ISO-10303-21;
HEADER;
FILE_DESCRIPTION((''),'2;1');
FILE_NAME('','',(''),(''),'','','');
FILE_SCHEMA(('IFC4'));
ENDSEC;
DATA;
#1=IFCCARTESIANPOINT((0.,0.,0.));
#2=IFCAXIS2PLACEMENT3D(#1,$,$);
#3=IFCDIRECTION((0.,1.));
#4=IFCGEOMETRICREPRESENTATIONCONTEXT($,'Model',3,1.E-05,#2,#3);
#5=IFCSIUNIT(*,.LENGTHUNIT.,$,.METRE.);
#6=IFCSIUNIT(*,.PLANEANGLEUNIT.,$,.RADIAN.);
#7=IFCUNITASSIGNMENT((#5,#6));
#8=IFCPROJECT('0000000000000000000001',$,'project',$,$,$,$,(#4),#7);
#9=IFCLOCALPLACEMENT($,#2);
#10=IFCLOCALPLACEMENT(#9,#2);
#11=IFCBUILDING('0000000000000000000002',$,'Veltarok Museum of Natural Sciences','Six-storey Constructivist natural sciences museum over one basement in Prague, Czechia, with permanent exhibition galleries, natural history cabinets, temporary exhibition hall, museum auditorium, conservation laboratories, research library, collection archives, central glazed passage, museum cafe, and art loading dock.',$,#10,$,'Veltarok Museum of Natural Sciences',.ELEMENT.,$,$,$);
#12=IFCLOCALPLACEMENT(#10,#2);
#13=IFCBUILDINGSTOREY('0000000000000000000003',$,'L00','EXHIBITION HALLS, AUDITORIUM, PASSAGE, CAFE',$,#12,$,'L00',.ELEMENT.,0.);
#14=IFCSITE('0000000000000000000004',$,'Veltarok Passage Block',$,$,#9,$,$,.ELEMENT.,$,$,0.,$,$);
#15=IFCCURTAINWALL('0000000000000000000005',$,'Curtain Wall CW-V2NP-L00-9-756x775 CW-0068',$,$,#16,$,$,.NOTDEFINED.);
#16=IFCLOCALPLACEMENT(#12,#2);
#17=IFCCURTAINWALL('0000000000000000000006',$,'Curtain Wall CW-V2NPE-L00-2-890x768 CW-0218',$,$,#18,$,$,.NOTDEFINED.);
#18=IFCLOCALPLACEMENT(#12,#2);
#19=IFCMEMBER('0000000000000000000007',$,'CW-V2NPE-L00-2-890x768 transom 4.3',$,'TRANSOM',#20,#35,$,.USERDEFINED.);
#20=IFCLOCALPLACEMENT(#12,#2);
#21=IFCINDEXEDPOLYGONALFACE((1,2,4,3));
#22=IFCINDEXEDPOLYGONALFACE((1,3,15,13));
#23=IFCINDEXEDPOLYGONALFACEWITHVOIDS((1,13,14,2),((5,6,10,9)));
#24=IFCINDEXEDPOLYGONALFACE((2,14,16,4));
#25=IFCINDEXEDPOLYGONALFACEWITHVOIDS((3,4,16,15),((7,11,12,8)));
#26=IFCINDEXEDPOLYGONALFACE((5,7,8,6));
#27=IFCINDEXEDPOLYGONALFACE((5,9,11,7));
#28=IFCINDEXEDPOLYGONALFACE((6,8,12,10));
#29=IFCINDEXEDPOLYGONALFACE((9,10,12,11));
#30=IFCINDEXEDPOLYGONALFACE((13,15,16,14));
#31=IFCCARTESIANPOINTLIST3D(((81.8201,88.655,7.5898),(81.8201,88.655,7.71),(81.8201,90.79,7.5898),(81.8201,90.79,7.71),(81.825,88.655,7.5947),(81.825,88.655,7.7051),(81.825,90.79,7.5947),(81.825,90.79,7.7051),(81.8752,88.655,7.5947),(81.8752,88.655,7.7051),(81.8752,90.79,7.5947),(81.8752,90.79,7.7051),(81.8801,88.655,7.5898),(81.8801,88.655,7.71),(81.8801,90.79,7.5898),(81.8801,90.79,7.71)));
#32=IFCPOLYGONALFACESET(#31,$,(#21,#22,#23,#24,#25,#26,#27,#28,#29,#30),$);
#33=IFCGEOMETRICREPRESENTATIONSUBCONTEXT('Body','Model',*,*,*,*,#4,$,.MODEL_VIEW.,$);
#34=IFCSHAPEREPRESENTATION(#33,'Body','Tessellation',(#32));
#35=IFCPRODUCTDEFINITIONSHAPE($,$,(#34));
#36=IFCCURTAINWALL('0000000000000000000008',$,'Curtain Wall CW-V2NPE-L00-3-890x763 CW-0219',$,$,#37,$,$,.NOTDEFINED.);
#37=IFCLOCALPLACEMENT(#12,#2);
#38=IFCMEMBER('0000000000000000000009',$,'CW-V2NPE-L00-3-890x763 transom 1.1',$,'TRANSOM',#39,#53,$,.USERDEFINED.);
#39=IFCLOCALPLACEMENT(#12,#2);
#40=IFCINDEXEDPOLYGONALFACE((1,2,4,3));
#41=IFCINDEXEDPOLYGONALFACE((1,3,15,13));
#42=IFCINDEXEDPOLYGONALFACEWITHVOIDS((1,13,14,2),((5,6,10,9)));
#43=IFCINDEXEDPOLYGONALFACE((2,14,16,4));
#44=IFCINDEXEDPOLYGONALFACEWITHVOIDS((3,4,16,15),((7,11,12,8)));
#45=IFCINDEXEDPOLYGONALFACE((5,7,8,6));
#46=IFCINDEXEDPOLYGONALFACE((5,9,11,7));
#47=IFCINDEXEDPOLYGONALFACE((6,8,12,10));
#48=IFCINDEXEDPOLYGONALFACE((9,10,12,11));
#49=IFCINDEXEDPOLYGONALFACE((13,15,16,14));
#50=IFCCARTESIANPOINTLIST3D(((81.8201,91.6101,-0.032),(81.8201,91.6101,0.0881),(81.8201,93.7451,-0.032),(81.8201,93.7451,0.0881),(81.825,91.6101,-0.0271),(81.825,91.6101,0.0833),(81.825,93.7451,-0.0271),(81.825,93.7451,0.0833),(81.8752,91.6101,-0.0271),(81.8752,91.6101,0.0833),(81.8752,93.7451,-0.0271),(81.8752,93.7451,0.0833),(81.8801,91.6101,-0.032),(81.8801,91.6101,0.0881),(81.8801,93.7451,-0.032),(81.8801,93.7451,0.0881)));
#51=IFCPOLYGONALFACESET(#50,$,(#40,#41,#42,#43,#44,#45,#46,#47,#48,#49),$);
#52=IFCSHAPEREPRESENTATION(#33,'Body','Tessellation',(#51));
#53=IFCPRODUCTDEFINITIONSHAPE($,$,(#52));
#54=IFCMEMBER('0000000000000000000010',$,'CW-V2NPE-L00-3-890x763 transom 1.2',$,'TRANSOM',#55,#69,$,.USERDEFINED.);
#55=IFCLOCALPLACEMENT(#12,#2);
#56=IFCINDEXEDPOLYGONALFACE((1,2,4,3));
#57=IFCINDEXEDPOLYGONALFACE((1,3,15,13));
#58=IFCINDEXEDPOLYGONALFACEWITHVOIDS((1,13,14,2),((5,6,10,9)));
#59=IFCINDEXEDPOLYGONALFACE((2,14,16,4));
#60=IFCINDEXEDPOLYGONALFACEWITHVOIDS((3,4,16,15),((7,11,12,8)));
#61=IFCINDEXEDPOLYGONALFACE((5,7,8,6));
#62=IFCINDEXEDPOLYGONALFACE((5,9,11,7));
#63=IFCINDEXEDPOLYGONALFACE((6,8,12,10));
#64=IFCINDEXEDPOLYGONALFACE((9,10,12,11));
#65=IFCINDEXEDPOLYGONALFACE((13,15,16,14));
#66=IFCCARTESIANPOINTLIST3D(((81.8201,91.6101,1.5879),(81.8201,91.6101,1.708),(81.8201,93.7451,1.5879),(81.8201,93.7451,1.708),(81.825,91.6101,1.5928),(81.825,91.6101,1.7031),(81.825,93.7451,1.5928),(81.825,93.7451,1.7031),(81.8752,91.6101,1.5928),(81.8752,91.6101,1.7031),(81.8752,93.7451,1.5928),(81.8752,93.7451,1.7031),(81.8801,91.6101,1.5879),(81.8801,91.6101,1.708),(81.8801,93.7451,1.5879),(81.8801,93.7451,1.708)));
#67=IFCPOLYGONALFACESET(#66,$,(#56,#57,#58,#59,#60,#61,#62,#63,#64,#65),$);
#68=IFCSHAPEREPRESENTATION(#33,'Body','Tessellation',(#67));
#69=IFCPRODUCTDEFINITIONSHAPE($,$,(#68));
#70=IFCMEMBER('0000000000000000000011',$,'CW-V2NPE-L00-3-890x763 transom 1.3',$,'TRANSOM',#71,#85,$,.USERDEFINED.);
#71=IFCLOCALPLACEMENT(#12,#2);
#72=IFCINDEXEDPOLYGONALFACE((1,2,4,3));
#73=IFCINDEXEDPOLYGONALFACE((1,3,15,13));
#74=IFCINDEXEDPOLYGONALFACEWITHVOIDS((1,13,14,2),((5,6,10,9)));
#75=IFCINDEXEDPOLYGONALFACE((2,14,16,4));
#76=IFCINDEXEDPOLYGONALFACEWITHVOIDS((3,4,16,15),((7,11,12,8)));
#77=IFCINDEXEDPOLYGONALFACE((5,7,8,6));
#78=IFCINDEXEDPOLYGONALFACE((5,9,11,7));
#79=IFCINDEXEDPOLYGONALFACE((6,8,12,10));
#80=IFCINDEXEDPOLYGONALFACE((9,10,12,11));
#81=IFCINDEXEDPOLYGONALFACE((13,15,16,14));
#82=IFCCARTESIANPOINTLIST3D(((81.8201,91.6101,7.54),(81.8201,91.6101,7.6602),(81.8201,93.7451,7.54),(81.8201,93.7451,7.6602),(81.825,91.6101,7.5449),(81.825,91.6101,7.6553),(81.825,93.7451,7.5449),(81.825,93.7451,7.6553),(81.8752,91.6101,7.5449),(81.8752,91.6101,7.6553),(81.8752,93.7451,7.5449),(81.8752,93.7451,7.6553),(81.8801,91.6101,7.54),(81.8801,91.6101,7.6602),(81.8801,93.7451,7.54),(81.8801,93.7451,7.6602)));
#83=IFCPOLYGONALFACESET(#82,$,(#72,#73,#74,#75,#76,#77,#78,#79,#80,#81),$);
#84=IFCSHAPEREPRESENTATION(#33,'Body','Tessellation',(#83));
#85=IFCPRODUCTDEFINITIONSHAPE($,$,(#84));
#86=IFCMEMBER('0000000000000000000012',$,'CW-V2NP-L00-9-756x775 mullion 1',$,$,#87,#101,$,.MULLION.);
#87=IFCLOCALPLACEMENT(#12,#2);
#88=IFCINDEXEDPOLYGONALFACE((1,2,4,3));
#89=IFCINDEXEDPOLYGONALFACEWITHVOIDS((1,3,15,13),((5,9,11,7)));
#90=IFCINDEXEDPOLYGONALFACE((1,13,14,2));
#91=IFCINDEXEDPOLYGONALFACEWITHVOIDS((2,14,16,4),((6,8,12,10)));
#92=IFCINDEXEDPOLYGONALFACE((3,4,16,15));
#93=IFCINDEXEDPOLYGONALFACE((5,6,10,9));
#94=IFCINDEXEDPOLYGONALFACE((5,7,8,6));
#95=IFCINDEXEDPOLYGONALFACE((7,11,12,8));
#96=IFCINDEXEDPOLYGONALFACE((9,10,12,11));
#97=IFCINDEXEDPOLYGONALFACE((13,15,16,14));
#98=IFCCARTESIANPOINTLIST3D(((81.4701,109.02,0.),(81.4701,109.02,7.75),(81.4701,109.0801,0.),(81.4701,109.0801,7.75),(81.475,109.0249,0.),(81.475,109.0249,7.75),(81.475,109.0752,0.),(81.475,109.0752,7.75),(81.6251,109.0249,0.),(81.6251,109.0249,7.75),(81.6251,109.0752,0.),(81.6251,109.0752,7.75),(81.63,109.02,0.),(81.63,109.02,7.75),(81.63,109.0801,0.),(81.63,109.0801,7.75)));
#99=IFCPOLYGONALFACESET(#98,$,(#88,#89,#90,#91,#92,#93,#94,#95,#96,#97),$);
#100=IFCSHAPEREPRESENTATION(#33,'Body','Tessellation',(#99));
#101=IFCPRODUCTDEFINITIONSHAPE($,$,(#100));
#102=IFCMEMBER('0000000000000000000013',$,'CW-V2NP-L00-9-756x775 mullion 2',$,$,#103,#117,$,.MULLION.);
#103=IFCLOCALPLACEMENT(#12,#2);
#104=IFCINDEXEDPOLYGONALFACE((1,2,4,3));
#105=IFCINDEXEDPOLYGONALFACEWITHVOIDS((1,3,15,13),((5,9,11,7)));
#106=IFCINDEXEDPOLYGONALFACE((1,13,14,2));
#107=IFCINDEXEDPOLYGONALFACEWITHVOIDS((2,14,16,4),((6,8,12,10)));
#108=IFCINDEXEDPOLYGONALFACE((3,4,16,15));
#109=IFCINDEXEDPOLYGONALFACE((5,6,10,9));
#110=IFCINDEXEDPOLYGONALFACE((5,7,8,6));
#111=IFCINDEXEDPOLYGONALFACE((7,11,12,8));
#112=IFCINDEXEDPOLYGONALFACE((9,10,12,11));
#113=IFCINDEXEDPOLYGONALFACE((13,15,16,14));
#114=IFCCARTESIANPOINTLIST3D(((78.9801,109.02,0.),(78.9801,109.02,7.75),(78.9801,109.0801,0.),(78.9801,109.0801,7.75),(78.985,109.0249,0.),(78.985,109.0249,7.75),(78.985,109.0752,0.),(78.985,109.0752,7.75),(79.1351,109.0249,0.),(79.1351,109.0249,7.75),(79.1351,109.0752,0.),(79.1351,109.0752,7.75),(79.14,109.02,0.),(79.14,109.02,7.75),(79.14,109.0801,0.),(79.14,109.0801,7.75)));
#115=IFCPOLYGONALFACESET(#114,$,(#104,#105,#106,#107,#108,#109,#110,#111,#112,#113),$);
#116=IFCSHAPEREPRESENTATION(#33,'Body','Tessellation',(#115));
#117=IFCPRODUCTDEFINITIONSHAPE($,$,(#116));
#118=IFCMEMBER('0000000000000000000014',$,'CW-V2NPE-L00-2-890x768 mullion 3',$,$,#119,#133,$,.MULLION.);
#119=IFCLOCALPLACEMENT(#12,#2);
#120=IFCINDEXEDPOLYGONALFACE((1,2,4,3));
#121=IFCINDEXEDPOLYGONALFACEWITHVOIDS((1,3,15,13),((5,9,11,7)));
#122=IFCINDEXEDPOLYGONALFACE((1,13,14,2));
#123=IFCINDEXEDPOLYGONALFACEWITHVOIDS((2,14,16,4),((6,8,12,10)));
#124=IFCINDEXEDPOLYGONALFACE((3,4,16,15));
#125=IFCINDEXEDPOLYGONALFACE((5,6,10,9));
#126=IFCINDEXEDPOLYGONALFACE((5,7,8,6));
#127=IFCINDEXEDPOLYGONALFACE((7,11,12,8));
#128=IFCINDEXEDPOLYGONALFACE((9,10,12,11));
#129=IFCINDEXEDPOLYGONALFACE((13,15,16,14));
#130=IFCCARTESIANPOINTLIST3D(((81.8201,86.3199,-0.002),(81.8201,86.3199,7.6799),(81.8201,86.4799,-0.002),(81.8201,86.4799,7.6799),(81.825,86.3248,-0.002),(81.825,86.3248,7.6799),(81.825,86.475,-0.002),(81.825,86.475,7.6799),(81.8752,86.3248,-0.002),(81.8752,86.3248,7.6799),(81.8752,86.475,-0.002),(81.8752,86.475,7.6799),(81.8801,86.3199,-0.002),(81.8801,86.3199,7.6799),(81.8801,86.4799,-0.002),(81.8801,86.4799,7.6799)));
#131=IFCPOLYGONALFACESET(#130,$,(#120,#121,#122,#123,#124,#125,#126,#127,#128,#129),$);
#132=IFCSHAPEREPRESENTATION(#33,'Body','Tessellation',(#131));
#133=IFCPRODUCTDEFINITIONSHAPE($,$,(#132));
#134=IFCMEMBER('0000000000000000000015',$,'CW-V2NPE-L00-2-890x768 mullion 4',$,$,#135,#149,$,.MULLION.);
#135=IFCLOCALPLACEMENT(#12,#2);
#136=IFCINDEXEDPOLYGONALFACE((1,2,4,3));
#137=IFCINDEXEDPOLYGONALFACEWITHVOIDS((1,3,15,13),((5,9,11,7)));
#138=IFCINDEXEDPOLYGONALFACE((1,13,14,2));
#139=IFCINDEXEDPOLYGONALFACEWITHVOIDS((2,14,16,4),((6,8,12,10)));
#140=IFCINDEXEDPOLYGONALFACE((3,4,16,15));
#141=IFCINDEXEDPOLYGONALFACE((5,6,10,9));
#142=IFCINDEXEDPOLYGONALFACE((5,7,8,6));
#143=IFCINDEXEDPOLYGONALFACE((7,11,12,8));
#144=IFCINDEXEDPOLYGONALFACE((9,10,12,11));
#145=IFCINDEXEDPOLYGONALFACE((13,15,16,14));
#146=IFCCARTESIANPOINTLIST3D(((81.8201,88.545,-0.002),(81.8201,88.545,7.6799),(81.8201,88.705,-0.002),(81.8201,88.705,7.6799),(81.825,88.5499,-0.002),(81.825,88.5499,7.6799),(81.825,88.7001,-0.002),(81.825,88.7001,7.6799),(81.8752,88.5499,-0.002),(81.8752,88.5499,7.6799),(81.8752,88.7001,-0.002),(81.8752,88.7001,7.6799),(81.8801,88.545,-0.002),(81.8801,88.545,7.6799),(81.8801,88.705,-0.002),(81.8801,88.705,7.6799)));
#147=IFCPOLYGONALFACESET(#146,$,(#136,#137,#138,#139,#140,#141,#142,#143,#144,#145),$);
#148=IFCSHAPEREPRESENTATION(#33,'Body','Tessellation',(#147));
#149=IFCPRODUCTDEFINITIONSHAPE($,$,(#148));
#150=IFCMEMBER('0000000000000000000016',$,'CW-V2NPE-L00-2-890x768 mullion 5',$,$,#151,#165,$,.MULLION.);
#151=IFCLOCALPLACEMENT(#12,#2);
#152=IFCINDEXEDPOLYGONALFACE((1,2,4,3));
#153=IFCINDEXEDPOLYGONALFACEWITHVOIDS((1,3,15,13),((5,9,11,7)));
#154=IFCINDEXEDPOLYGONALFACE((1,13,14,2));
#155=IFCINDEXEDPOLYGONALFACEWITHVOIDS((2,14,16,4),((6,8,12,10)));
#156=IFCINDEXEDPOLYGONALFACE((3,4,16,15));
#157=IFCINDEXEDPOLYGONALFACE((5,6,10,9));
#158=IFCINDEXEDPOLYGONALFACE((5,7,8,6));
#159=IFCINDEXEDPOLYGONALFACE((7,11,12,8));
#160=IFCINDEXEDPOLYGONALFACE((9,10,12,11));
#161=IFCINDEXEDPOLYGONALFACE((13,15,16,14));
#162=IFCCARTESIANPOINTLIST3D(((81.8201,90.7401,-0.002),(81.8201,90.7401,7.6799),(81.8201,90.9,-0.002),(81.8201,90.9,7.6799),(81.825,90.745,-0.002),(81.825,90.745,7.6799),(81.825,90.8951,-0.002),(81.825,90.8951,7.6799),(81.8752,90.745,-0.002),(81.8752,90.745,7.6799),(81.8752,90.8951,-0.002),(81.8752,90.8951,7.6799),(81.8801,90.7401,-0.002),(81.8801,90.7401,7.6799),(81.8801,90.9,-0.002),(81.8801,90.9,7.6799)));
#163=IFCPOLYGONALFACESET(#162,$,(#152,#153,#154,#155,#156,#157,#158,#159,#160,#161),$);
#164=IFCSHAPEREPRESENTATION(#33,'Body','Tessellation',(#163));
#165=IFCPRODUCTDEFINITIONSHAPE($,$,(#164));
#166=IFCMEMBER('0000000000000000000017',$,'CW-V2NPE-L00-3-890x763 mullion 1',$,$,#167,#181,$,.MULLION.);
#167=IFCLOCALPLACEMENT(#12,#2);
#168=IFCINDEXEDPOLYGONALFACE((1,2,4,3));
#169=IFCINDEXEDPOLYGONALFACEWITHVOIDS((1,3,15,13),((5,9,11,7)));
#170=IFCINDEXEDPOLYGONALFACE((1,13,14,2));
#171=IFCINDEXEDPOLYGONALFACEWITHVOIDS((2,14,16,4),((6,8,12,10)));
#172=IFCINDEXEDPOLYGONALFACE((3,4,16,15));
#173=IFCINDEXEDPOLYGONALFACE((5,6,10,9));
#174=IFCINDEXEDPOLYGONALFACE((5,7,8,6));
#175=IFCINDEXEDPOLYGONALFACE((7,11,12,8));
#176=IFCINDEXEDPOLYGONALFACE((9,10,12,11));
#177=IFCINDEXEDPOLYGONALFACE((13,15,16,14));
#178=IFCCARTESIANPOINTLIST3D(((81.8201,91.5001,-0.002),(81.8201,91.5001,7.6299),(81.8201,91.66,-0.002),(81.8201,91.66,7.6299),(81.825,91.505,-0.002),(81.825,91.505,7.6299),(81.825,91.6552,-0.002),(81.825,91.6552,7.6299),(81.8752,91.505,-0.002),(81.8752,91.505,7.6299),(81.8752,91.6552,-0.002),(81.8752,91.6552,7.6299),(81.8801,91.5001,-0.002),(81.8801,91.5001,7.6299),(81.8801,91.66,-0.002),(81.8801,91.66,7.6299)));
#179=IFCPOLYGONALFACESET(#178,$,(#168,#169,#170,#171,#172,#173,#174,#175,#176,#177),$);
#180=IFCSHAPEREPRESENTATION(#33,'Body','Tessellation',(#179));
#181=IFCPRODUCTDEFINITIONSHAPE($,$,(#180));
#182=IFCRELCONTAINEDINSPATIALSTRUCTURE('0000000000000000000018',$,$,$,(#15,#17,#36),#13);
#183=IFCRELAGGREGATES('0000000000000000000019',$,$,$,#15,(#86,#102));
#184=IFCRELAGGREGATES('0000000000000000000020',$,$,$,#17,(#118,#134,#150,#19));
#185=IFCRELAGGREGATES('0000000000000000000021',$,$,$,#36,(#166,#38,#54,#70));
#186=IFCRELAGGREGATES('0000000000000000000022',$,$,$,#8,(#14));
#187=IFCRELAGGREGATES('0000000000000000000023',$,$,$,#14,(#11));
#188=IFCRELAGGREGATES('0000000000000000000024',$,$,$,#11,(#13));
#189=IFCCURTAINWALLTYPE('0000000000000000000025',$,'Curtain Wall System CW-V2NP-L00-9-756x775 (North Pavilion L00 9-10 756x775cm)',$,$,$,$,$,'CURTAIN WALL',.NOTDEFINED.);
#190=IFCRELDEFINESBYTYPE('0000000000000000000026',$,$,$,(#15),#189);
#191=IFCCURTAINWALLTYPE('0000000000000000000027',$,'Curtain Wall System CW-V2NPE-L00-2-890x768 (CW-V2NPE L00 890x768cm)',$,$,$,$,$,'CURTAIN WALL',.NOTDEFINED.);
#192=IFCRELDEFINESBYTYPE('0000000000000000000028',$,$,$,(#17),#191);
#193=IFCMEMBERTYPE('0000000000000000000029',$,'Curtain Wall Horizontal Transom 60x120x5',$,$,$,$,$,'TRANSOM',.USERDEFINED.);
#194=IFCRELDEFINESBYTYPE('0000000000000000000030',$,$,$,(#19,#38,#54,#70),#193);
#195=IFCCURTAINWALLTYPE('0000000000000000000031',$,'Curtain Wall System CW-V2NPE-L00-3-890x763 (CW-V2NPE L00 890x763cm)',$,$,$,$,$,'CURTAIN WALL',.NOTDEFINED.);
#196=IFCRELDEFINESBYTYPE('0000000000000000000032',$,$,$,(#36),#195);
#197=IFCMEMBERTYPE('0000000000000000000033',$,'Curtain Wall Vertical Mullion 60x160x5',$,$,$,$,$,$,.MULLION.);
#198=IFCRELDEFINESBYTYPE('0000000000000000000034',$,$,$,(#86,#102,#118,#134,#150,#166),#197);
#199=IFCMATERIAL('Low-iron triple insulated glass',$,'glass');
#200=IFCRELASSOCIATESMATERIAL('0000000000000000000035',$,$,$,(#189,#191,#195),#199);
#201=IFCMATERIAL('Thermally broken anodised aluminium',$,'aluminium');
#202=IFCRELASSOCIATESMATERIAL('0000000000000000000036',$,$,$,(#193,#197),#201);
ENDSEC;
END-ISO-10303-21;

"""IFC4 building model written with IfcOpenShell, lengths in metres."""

from ifc_helpers import new_model, si_unit, direction, frame, origin, origin_2d, place, context, subcontext, project, spatial, hollow_rectangle, extrude, material, material_profile, profile_set, type_object, element, aggregate, save


model = new_model("IFC4")

# Units and contexts
model_context = context("Model", 3, precision=1e-05, world=origin(), true_north=direction((0.0, 1.0)))
body_context = subcontext(model_context, "Body", "Model", "MODEL_VIEW")
ifc_project = project(units=[si_unit("LENGTHUNIT", "METRE"), si_unit("PLANEANGLEUNIT", "RADIAN")], contexts=[model_context])

# Site, building, storey
site_placement = place(None, origin())
site = spatial("IfcSite", under=ifc_project, at=site_placement, Name="Veltarok Passage Block", CompositionType="ELEMENT", RefElevation=0.0)
building_placement = place(site_placement, origin())
building = spatial("IfcBuilding", under=site, at=building_placement, Name="Veltarok Museum of Natural Sciences", Description="Six-storey Constructivist natural sciences museum over one basement in Prague, Czechia, with permanent exhibition galleries, natural history cabinets, temporary exhibition hall, museum auditorium, conservation laboratories, research library, collection archives, central glazed passage, museum cafe, and art loading dock.", LongName="Veltarok Museum of Natural Sciences", CompositionType="ELEMENT")
storey_placement = place(building_placement, origin())
storey = spatial("IfcBuildingStorey", under=building, at=storey_placement, Name="L00", Description="EXHIBITION HALLS, AUDITORIUM, PASSAGE, CAFE", LongName="L00", CompositionType="ELEMENT", Elevation=0.0)

# Curtain walls, members
ifc_material_1 = material(Name="Low-iron triple insulated glass", Category="glass")
curtain_wall_type_1 = type_object("IfcCurtainWallType", Name="Curtain Wall System CW-V2NP-L00-9-756x775 (North Pavilion L00 9-10 756x775cm)", ElementType="CURTAIN WALL", PredefinedType="NOTDEFINED", material=ifc_material_1)
curtain_wall_1_placement = place(storey_placement, origin())
curtain_wall_1 = element("IfcCurtainWall", 1, at=curtain_wall_1_placement, inside=storey, type_object=curtain_wall_type_1, Name="Curtain Wall CW-V2NP-L00-9-756x775 CW-0068", PredefinedType="NOTDEFINED")
ifc_material_2 = material(Name="Thermally broken anodised aluminium", Category="aluminium")
ifc_material_profile_1 = material_profile(ifc_material_2, hollow_rectangle(XDim=0.0601, YDim=0.1201, WallThickness=0.0049, at=origin_2d()), Name="CW TRANSOM 60x120x5")
ifc_profile_set_1 = profile_set([ifc_material_profile_1], Name="Thermally broken anodised aluminium")
member_type_1 = type_object("IfcMemberType", Name="Curtain Wall Horizontal Transom 60x120x5", ElementType="TRANSOM", PredefinedType="USERDEFINED", material=ifc_profile_set_1)
curtain_wall_type_2 = type_object("IfcCurtainWallType", Name="Curtain Wall System CW-V2NPE-L00-2-890x768 (CW-V2NPE L00 890x768cm)", ElementType="CURTAIN WALL", PredefinedType="NOTDEFINED", material=ifc_material_1)
curtain_wall_2_placement = place(storey_placement, origin())
curtain_wall_2 = element("IfcCurtainWall", 2, at=curtain_wall_2_placement, inside=storey, type_object=curtain_wall_type_2, Name="Curtain Wall CW-V2NPE-L00-2-890x768 CW-0218", PredefinedType="NOTDEFINED")
member_1_placement = place(storey_placement, frame((81.8501, 88.655, 7.6499), z_axis=(0.0, 1.0, 0.0), x_axis=(-1.0, 0.0, 0.0)))
member_1 = element("IfcMember", 3, at=member_1_placement, type_object=member_type_1, Name="CW-V2NPE-L00-2-890x768 transom 4.3", ObjectType="TRANSOM", PredefinedType="USERDEFINED", context=body_context, shape_type="SweptSolid", body=[
    extrude(hollow_rectangle(XDim=0.0601, YDim=0.1201, WallThickness=0.0049, at=origin_2d()), origin(), (0.0, 0.0, 1.0), 2.135),
])
curtain_wall_type_3 = type_object("IfcCurtainWallType", Name="Curtain Wall System CW-V2NPE-L00-3-890x763 (CW-V2NPE L00 890x763cm)", ElementType="CURTAIN WALL", PredefinedType="NOTDEFINED", material=ifc_material_1)
curtain_wall_3_placement = place(storey_placement, origin())
curtain_wall_3 = element("IfcCurtainWall", 4, at=curtain_wall_3_placement, inside=storey, type_object=curtain_wall_type_3, Name="Curtain Wall CW-V2NPE-L00-3-890x763 CW-0219", PredefinedType="NOTDEFINED")
member_2_placement = place(storey_placement, frame((81.8501, 91.6101, 0.0281), z_axis=(0.0, 1.0, 0.0), x_axis=(-1.0, 0.0, 0.0)))
member_2 = element("IfcMember", 5, at=member_2_placement, type_object=member_type_1, Name="CW-V2NPE-L00-3-890x763 transom 1.1", ObjectType="TRANSOM", PredefinedType="USERDEFINED", context=body_context, shape_type="SweptSolid", body=[
    extrude(hollow_rectangle(XDim=0.0601, YDim=0.1201, WallThickness=0.0049, at=origin_2d()), origin(), (0.0, 0.0, 1.0), 2.135),
])
member_3_placement = place(storey_placement, frame((81.8501, 91.6101, 1.6479), z_axis=(0.0, 1.0, 0.0), x_axis=(-1.0, 0.0, 0.0)))
member_3 = element("IfcMember", 6, at=member_3_placement, type_object=member_type_1, Name="CW-V2NPE-L00-3-890x763 transom 1.2", ObjectType="TRANSOM", PredefinedType="USERDEFINED", context=body_context, shape_type="SweptSolid", body=[
    extrude(hollow_rectangle(XDim=0.0601, YDim=0.1201, WallThickness=0.0049, at=origin_2d()), origin(), (0.0, 0.0, 1.0), 2.135),
])
member_4_placement = place(storey_placement, frame((81.8501, 91.6101, 7.6001), z_axis=(0.0, 1.0, 0.0), x_axis=(-1.0, 0.0, 0.0)))
member_4 = element("IfcMember", 7, at=member_4_placement, type_object=member_type_1, Name="CW-V2NPE-L00-3-890x763 transom 1.3", ObjectType="TRANSOM", PredefinedType="USERDEFINED", context=body_context, shape_type="SweptSolid", body=[
    extrude(hollow_rectangle(XDim=0.0601, YDim=0.1201, WallThickness=0.0049, at=origin_2d()), origin(), (0.0, 0.0, 1.0), 2.135),
])

# Members
ifc_material_profile_2 = material_profile(ifc_material_2, hollow_rectangle(XDim=0.0601, YDim=0.1599, WallThickness=0.0049, at=origin_2d()), Name="CW MULLION 60x160x5")
ifc_profile_set_2 = profile_set([ifc_material_profile_2], Name="Thermally broken anodised aluminium")
member_type_2 = type_object("IfcMemberType", Name="Curtain Wall Vertical Mullion 60x160x5", PredefinedType="MULLION", material=ifc_profile_set_2)
member_5_placement = place(storey_placement, frame((81.55, 109.05, 0.0), z_axis=(0.0, 0.0, 1.0), x_axis=(0.0, -1.0, 0.0)))
member_5 = element("IfcMember", 8, at=member_5_placement, type_object=member_type_2, Name="CW-V2NP-L00-9-756x775 mullion 1", PredefinedType="MULLION", context=body_context, shape_type="SweptSolid", body=[
    extrude(hollow_rectangle(XDim=0.0601, YDim=0.1599, WallThickness=0.0049, at=origin_2d()), origin(), (0.0, 0.0, 1.0), 7.75),
])
member_6_placement = place(storey_placement, frame((79.0601, 109.05, 0.0), z_axis=(0.0, 0.0, 1.0), x_axis=(0.0, -1.0, 0.0)))
member_6 = element("IfcMember", 9, at=member_6_placement, type_object=member_type_2, Name="CW-V2NP-L00-9-756x775 mullion 2", PredefinedType="MULLION", context=body_context, shape_type="SweptSolid", body=[
    extrude(hollow_rectangle(XDim=0.0601, YDim=0.1599, WallThickness=0.0049, at=origin_2d()), origin(), (0.0, 0.0, 1.0), 7.75),
])
member_7_placement = place(storey_placement, frame((81.8501, 86.3999, -0.002), z_axis=(0.0, 0.0, 1.0), x_axis=(-1.0, 0.0, 0.0)))
member_7 = element("IfcMember", 10, at=member_7_placement, type_object=member_type_2, Name="CW-V2NPE-L00-2-890x768 mullion 3", PredefinedType="MULLION", context=body_context, shape_type="SweptSolid", body=[
    extrude(hollow_rectangle(XDim=0.0601, YDim=0.1599, WallThickness=0.0049, at=origin_2d()), origin(), (0.0, 0.0, 1.0), 7.6819),
])
member_8_placement = place(storey_placement, frame((81.8501, 88.625, -0.002), z_axis=(0.0, 0.0, 1.0), x_axis=(-1.0, 0.0, 0.0)))
member_8 = element("IfcMember", 11, at=member_8_placement, type_object=member_type_2, Name="CW-V2NPE-L00-2-890x768 mullion 4", PredefinedType="MULLION", context=body_context, shape_type="SweptSolid", body=[
    extrude(hollow_rectangle(XDim=0.0601, YDim=0.1599, WallThickness=0.0049, at=origin_2d()), origin(), (0.0, 0.0, 1.0), 7.6819),
])
member_9_placement = place(storey_placement, frame((81.8501, 90.8201, -0.002), z_axis=(0.0, 0.0, 1.0), x_axis=(-1.0, 0.0, 0.0)))
member_9 = element("IfcMember", 12, at=member_9_placement, type_object=member_type_2, Name="CW-V2NPE-L00-2-890x768 mullion 5", PredefinedType="MULLION", context=body_context, shape_type="SweptSolid", body=[
    extrude(hollow_rectangle(XDim=0.0601, YDim=0.1599, WallThickness=0.0049, at=origin_2d()), origin(), (0.0, 0.0, 1.0), 7.6819),
])
member_10_placement = place(storey_placement, frame((81.8501, 91.5801, -0.002), z_axis=(0.0, 0.0, 1.0), x_axis=(-1.0, 0.0, 0.0)))
member_10 = element("IfcMember", 13, at=member_10_placement, type_object=member_type_2, Name="CW-V2NPE-L00-3-890x763 mullion 1", PredefinedType="MULLION", context=body_context, shape_type="SweptSolid", body=[
    extrude(hollow_rectangle(XDim=0.0601, YDim=0.1599, WallThickness=0.0049, at=origin_2d()), origin(), (0.0, 0.0, 1.0), 7.6318),
])

aggregate(curtain_wall_1, [member_5, member_6])
aggregate(curtain_wall_2, [member_7, member_8, member_9, member_1])
aggregate(curtain_wall_3, [member_10, member_2, member_3, member_4])

save(model, "model.ifc")
